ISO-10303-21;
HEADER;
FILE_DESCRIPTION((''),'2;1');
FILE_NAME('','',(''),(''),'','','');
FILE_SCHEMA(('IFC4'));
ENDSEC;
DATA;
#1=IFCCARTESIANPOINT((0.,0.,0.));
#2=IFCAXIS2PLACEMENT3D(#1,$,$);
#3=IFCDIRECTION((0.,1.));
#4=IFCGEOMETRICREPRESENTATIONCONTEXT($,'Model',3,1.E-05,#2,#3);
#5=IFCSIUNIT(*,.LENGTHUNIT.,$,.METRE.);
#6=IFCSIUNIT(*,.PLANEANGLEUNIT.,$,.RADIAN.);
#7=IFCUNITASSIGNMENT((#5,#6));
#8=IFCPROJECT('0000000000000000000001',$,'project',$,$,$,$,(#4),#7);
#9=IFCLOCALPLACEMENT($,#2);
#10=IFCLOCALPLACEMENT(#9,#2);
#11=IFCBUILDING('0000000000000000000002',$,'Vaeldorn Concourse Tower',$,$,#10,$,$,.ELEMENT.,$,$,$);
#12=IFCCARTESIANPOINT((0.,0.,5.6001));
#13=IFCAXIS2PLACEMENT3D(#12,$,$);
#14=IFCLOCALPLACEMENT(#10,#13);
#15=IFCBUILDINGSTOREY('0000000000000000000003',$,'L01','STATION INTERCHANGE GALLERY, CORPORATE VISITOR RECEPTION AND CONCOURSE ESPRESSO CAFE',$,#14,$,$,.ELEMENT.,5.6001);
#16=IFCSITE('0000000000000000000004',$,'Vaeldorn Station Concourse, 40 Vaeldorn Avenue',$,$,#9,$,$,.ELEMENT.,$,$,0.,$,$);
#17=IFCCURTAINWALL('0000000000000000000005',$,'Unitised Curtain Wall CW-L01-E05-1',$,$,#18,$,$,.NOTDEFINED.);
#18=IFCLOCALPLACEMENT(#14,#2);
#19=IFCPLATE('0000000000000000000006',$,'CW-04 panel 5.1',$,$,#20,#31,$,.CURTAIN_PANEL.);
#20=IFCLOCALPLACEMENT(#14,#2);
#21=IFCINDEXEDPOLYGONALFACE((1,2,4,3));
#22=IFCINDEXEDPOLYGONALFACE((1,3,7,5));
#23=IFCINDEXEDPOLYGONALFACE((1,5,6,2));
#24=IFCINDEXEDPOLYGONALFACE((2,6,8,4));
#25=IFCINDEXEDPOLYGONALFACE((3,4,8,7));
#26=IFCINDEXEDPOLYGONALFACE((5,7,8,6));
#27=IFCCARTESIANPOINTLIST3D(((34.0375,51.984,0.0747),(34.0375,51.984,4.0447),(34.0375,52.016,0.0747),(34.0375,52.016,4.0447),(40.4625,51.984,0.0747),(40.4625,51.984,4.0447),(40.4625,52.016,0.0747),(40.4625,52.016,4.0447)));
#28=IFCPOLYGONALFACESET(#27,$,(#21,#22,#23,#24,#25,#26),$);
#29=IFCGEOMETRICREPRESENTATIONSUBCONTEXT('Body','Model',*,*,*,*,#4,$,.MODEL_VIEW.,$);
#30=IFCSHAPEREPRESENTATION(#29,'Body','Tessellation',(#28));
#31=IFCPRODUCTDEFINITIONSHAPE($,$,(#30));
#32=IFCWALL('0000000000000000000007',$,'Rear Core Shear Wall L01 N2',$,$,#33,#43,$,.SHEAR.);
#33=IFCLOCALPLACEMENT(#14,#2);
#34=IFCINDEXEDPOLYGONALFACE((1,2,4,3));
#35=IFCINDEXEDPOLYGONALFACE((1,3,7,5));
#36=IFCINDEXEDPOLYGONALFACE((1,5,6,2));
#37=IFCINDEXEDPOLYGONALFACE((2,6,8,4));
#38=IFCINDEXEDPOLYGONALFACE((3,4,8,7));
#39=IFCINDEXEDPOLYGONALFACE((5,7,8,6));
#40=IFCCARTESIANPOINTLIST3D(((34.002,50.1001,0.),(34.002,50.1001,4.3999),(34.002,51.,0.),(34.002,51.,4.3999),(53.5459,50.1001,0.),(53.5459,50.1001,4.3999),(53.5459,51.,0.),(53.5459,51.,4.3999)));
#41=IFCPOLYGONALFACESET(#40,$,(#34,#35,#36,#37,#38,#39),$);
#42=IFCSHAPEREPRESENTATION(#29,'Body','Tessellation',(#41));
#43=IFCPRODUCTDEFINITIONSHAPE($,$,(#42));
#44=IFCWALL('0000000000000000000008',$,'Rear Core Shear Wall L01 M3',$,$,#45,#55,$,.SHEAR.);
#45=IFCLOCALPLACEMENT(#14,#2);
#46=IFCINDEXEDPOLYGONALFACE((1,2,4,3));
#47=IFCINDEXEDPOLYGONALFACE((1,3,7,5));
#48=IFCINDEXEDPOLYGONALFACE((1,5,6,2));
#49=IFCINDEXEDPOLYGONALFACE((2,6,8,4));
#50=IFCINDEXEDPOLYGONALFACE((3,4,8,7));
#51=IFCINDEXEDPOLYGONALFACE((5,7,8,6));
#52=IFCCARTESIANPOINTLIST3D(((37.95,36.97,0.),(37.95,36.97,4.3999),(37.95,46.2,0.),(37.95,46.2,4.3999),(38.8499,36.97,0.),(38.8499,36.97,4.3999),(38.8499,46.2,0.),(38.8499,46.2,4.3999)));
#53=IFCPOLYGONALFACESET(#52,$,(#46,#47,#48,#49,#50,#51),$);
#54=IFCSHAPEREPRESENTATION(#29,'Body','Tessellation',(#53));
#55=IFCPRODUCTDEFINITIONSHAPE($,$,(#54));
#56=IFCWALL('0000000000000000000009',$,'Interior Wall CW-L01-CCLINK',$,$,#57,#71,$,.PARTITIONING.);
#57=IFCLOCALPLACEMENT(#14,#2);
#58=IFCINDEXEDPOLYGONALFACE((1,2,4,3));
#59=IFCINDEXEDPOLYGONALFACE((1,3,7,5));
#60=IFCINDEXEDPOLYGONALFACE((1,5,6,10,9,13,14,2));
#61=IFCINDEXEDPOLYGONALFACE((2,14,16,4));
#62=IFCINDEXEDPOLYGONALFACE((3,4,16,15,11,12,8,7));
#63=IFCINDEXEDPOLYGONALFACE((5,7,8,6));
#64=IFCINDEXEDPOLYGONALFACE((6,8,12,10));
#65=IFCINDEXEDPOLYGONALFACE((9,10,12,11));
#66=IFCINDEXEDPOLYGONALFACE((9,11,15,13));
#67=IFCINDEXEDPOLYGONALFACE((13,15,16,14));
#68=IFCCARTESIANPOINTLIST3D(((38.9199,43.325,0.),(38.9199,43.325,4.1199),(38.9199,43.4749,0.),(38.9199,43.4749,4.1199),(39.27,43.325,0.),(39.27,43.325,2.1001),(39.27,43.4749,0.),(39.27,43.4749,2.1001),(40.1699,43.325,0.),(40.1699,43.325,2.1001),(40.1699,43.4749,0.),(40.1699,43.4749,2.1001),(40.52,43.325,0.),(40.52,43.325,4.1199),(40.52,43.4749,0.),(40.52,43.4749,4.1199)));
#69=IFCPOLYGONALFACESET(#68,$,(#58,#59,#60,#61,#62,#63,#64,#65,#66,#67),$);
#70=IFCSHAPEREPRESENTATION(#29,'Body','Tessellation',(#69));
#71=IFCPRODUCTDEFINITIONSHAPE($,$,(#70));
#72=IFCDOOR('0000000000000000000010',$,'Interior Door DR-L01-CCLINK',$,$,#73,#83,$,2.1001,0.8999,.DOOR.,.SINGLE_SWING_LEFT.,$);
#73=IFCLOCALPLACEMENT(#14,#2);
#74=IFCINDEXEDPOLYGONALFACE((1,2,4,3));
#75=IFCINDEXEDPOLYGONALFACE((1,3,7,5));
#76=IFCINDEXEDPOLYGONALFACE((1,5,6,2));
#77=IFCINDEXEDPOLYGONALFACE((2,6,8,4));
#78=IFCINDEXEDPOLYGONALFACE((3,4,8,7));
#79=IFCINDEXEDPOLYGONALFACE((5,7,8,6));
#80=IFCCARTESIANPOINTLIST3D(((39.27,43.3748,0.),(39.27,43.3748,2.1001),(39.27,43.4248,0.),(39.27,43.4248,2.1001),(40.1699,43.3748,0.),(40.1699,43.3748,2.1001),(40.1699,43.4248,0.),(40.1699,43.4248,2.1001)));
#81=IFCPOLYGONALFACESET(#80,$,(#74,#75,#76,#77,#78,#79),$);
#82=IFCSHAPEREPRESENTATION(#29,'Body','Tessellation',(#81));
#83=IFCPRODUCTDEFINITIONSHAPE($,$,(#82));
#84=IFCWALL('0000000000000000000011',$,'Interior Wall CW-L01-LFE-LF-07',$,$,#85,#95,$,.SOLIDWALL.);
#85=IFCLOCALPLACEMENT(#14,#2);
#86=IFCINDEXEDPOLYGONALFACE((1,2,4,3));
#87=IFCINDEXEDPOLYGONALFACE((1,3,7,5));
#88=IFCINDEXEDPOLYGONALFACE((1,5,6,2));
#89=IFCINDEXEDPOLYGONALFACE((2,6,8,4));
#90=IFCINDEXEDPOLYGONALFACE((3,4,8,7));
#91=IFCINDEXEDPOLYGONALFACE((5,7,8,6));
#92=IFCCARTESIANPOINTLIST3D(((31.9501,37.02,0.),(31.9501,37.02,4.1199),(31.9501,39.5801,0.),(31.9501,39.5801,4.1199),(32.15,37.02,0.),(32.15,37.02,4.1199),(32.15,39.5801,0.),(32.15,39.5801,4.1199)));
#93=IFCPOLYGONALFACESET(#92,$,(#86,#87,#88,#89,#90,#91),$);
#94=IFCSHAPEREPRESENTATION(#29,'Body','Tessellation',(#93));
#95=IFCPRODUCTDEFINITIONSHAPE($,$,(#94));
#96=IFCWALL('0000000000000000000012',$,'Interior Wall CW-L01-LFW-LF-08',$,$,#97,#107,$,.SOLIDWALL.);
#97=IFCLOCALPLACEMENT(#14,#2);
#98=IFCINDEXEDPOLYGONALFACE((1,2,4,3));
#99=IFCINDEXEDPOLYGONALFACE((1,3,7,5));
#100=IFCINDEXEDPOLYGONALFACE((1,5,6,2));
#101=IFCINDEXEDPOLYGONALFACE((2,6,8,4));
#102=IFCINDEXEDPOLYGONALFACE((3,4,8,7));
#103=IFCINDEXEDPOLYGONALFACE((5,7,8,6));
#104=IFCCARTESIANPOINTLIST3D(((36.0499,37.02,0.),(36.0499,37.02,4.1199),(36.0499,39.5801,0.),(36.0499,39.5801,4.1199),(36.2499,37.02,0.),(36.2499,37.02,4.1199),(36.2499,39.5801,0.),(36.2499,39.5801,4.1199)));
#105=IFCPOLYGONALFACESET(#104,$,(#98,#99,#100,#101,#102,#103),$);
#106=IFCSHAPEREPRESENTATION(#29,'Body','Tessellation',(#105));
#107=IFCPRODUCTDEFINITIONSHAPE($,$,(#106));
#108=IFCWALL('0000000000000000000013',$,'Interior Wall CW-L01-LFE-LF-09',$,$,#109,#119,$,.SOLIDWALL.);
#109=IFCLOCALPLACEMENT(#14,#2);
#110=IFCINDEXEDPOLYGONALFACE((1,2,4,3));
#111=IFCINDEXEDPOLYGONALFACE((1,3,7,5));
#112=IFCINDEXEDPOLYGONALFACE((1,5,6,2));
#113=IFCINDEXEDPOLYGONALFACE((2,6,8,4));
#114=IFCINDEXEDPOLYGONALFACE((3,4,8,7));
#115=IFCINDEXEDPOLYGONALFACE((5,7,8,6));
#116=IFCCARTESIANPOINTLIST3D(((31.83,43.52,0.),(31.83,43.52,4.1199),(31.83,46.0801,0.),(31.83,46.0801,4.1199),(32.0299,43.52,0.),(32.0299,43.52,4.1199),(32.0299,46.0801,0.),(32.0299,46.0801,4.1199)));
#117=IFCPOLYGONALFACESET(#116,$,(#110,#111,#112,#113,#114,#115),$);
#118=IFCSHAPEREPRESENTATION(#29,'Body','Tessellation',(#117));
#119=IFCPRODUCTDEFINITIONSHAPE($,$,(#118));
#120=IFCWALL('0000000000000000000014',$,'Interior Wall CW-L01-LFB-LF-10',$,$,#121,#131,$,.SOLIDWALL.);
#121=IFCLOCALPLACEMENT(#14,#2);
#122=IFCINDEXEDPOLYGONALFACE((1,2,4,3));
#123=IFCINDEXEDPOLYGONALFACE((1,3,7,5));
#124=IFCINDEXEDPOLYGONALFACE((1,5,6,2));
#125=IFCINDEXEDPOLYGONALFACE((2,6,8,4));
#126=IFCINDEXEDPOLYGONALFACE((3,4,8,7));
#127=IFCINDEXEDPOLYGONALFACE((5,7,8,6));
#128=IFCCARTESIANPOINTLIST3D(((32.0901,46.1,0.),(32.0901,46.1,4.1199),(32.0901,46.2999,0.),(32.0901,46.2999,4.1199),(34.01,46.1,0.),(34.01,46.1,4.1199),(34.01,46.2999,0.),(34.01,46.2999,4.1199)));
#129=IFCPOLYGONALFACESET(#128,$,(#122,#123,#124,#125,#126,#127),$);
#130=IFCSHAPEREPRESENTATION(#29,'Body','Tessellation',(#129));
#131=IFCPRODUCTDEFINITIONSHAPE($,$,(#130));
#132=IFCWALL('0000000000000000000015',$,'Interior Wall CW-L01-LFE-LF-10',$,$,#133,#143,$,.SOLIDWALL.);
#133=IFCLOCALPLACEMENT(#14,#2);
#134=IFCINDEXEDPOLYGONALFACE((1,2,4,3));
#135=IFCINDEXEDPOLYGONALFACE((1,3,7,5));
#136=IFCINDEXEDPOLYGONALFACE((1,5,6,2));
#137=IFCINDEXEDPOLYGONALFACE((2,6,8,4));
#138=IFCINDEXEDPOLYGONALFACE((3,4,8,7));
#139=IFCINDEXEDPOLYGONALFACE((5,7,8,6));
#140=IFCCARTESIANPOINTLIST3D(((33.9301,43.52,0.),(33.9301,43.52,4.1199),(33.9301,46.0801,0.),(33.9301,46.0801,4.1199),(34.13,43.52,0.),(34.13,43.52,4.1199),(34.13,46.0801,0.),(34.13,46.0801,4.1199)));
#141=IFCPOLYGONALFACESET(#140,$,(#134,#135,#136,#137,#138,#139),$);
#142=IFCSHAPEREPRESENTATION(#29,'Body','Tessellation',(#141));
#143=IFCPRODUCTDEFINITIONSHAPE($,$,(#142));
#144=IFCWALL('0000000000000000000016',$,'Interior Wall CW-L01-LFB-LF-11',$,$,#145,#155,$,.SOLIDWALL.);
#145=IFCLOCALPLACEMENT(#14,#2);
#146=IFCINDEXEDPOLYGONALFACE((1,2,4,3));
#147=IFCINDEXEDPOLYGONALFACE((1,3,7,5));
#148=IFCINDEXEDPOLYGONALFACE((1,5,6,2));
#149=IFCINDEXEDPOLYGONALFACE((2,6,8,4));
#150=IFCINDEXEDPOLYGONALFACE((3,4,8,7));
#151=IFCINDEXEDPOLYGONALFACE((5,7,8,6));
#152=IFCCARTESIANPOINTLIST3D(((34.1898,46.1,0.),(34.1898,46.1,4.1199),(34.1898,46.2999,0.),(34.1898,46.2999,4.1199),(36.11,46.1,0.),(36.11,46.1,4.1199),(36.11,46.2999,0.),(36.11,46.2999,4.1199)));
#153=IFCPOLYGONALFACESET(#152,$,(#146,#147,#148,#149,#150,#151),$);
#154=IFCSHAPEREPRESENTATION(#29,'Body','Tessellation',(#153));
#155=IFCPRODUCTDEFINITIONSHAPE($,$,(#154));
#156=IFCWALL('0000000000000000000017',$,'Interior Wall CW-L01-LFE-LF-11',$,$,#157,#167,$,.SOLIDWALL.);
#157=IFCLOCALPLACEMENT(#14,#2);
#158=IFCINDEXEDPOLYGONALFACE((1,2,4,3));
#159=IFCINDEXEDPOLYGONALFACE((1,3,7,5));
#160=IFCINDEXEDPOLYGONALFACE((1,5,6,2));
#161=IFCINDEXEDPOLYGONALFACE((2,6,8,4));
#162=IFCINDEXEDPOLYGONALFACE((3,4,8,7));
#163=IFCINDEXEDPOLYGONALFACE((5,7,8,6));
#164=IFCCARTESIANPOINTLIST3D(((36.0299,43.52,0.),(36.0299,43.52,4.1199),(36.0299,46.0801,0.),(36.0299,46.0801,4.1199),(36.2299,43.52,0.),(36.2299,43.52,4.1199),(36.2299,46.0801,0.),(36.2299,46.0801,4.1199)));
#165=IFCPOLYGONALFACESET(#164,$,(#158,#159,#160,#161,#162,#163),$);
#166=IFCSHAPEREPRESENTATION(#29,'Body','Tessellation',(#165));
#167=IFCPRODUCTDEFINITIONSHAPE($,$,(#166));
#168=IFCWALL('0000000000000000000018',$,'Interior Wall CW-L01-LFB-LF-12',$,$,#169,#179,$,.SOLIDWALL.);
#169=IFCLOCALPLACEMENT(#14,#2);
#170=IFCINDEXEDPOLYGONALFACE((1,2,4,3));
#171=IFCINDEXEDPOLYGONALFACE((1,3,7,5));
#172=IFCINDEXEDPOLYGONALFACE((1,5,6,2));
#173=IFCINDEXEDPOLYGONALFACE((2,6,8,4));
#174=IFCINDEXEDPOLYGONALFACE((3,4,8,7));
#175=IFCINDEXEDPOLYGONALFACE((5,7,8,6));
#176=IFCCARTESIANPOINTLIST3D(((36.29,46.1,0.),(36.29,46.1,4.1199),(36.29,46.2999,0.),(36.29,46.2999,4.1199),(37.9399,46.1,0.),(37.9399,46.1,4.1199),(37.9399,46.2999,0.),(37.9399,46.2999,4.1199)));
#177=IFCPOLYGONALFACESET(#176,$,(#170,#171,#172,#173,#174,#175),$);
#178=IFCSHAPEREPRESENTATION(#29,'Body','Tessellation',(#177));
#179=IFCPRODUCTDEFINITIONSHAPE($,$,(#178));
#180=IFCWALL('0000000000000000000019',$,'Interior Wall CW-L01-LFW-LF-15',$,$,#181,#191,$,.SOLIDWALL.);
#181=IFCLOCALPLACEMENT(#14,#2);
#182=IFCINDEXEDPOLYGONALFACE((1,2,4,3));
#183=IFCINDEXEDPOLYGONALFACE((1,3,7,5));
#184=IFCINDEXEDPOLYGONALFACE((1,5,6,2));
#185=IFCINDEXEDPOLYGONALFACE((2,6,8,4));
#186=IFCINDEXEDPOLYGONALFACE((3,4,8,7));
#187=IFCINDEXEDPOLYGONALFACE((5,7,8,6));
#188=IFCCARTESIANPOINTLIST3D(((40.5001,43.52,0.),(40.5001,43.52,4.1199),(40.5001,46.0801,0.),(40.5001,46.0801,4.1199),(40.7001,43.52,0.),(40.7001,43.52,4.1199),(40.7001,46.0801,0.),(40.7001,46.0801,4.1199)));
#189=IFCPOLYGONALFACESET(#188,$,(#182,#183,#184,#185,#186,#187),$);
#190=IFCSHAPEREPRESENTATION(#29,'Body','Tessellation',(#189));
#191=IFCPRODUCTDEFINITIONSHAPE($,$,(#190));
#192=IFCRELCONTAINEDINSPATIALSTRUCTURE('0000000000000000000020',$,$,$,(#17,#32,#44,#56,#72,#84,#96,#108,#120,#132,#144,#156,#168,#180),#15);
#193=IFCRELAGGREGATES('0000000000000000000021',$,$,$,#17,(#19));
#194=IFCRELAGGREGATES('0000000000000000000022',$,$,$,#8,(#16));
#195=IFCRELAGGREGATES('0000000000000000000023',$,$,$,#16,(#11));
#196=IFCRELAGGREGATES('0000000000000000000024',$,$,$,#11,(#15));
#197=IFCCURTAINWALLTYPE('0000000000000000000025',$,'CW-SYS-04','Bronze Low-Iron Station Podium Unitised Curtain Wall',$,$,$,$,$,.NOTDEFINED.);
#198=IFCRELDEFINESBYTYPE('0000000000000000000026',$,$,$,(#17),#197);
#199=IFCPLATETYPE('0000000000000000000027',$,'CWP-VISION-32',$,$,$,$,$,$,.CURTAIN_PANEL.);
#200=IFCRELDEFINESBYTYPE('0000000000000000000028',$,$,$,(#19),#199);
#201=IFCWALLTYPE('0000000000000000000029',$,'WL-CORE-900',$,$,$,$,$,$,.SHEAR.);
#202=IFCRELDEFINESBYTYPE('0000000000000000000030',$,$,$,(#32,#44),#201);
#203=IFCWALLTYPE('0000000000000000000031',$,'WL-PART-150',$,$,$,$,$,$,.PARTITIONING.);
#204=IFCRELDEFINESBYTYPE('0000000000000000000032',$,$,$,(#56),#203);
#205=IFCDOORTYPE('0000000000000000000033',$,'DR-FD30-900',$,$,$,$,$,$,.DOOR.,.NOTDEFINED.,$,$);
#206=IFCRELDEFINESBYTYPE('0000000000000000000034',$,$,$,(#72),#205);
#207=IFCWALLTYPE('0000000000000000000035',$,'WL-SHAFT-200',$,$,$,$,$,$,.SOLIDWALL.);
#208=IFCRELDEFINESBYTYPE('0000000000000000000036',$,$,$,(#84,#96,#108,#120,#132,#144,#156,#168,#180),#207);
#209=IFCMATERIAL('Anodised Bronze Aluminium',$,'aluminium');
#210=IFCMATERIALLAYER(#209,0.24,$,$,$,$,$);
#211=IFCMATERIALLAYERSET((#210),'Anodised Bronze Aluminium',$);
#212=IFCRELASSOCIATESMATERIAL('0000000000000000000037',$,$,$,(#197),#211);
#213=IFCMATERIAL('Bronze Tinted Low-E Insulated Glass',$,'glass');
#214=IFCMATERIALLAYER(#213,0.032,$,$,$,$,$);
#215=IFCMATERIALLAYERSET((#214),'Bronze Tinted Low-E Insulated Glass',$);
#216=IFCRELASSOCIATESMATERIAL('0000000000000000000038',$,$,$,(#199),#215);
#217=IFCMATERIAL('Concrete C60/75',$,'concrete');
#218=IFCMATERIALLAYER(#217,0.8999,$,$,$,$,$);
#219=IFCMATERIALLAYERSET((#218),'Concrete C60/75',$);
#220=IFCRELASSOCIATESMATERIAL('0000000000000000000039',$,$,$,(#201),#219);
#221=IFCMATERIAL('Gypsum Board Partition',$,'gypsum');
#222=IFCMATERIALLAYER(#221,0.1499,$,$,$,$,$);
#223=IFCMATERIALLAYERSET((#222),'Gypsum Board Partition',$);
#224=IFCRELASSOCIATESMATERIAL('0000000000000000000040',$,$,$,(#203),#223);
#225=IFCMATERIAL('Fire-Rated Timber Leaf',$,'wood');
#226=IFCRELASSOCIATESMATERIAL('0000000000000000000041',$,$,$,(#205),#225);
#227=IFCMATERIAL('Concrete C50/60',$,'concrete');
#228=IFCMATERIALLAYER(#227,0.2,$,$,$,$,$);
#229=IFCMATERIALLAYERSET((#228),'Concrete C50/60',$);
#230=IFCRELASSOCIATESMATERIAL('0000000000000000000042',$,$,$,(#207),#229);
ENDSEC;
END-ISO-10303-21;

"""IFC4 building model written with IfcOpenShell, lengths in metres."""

from ifc_helpers import new_model, si_unit, direction, frame, frame_2d, origin, origin_2d, place, context, subcontext, project, spatial, rectangle, extrude, source, transform, mapped, material, layer, layer_set, type_object, element, fill, aggregate, save


model = new_model("IFC4")

# Units and contexts
model_context = context("Model", 3, precision=1e-05, world=origin(), true_north=direction((0.0, 1.0)))
body_context = subcontext(model_context, "Body", "Model", "MODEL_VIEW")
ifc_project = project(units=[si_unit("LENGTHUNIT", "METRE"), si_unit("PLANEANGLEUNIT", "RADIAN")], contexts=[model_context])

# Site, building, storey
site_placement = place(None, origin())
site = spatial("IfcSite", under=ifc_project, at=site_placement, Name="Vaeldorn Station Concourse, 40 Vaeldorn Avenue", CompositionType="ELEMENT", RefElevation=0.0)
building_placement = place(site_placement, origin())
building = spatial("IfcBuilding", under=site, at=building_placement, Name="Vaeldorn Concourse Tower", CompositionType="ELEMENT")
storey_placement = place(building_placement, frame((0.0, 0.0, 5.6001)))
storey = spatial("IfcBuildingStorey", under=building, at=storey_placement, Name="L01", Description="STATION INTERCHANGE GALLERY, CORPORATE VISITOR RECEPTION AND CONCOURSE ESPRESSO CAFE", CompositionType="ELEMENT", Elevation=5.6001)

# Curtain wall, plate
ifc_material_1 = material(Name="Anodised Bronze Aluminium", Category="aluminium")
ifc_layer_1 = layer(ifc_material_1, 0.24)
ifc_layer_set_1 = layer_set([ifc_layer_1], Name="Anodised Bronze Aluminium")
curtain_wall_type = type_object("IfcCurtainWallType", Name="CW-SYS-04", Description="Bronze Low-Iron Station Podium Unitised Curtain Wall", PredefinedType="NOTDEFINED", material=ifc_layer_set_1)
curtain_wall_placement = place(storey_placement, origin())
curtain_wall = element("IfcCurtainWall", 1, at=curtain_wall_placement, inside=storey, type_object=curtain_wall_type, Name="Unitised Curtain Wall CW-L01-E05-1", PredefinedType="NOTDEFINED")
ifc_material_2 = material(Name="Bronze Tinted Low-E Insulated Glass", Category="glass")
ifc_layer_2 = layer(ifc_material_2, 0.032)
ifc_layer_set_2 = layer_set([ifc_layer_2], Name="Bronze Tinted Low-E Insulated Glass")
plate_type = type_object("IfcPlateType", Name="CWP-VISION-32", PredefinedType="CURTAIN_PANEL", material=ifc_layer_set_2)
shared_shape_1 = source(origin(), body_context, "Body", "SweptSolid", [
    extrude(rectangle(XDim=6.425, YDim=0.032, at=origin_2d()), origin(), (0.0, 0.0, 1.0), 3.97),
])
plate_placement = place(storey_placement, frame((37.25, 52.0, 0.0747), z_axis=(0.0, 0.0, 1.0), x_axis=(-1.0, 0.0, 0.0)))
plate = element("IfcPlate", 2, at=plate_placement, type_object=plate_type, Name="CW-04 panel 5.1", PredefinedType="CURTAIN_PANEL", context=body_context, shape_type="MappedRepresentation", body=[
    mapped(shared_shape_1, transform((0.0, 0.0, 0.0), scale=1.0)),
])
aggregate(curtain_wall, [plate])

# Walls
ifc_material_3 = material(Name="Concrete C60/75", Category="concrete")
ifc_layer_3 = layer(ifc_material_3, 0.8999)
ifc_layer_set_3 = layer_set([ifc_layer_3], Name="Concrete C60/75")
wall_type_1 = type_object("IfcWallType", Name="WL-CORE-900", PredefinedType="SHEAR", material=ifc_layer_set_3)
wall_1_placement = place(storey_placement, frame((34.002, 50.55, 0.0), z_axis=(0.0, 0.0, 1.0), x_axis=(1.0, 0.0, 0.0)))
element("IfcWall", 3, at=wall_1_placement, inside=storey, type_object=wall_type_1, Name="Rear Core Shear Wall L01 N2", PredefinedType="SHEAR", context=body_context, shape_type="SweptSolid", body=[
    extrude(rectangle(XDim=19.5439, YDim=0.8999, at=frame_2d((9.772, 0.0))), origin(), (0.0, 0.0, 1.0), 4.3999),
])
wall_2_placement = place(storey_placement, frame((38.3999, 36.97, 0.0), z_axis=(0.0, 0.0, 1.0), x_axis=(0.0, 1.0, 0.0)))
element("IfcWall", 4, at=wall_2_placement, inside=storey, type_object=wall_type_1, Name="Rear Core Shear Wall L01 M3", PredefinedType="SHEAR", context=body_context, shape_type="SweptSolid", body=[
    extrude(rectangle(XDim=9.23, YDim=0.8999, at=frame_2d((4.615, 0.0))), origin(), (0.0, 0.0, 1.0), 4.3999),
])

# Wall, opening, door
ifc_material_4 = material(Name="Gypsum Board Partition", Category="gypsum")
ifc_layer_4 = layer(ifc_material_4, 0.1499)
ifc_layer_set_4 = layer_set([ifc_layer_4], Name="Gypsum Board Partition")
wall_type_2 = type_object("IfcWallType", Name="WL-PART-150", PredefinedType="PARTITIONING", material=ifc_layer_set_4)
wall_3_placement = place(storey_placement, frame((38.9199, 43.3999, 0.0), z_axis=(0.0, 0.0, 1.0), x_axis=(1.0, 0.0, 0.0)))
wall_3 = element("IfcWall", 5, at=wall_3_placement, inside=storey, type_object=wall_type_2, Name="Interior Wall CW-L01-CCLINK", PredefinedType="PARTITIONING", context=body_context, shape_type="SweptSolid", body=[
    extrude(rectangle(XDim=1.6001, YDim=0.1499, at=frame_2d((0.8, 0.0))), origin(), (0.0, 0.0, 1.0), 4.1199),
])
opening_1_placement = place(wall_3_placement, frame((0.3501, 0.0, 0.0)))
opening_1 = element("IfcOpeningElement", 6, at=opening_1_placement, cuts=wall_3, PredefinedType="OPENING", context=body_context, shape_type="SweptSolid", body=[
    extrude(rectangle(XDim=0.8999, YDim=2.1001, at=frame_2d((0.45, 1.05))), frame((0.0, 0.085, 0.0), z_axis=(0.0, -1.0, 0.0), x_axis=(1.0, 0.0, 0.0)), (0.0, 0.0, 1.0), 0.1699),
])
ifc_material_5 = material(Name="Fire-Rated Timber Leaf", Category="wood")
door_type_1 = type_object("IfcDoorType", Name="DR-FD30-900", OperationType="NOTDEFINED", PredefinedType="DOOR", material=ifc_material_5)
shared_shape_2 = source(origin(), body_context, "Body", "SweptSolid", [
    extrude(rectangle(XDim=0.8999, YDim=2.1001, at=frame_2d((0.45, 1.05))), frame((0.0, 0.0249, 0.0), z_axis=(0.0, -1.0, 0.0), x_axis=(1.0, 0.0, 0.0)), (0.0, 0.0, 1.0), 0.05),
])
door_1_placement = place(opening_1_placement, origin())
door_1 = element("IfcDoor", 7, at=door_1_placement, inside=storey, type_object=door_type_1, Name="Interior Door DR-L01-CCLINK", OperationType="SINGLE_SWING_LEFT", OverallHeight=2.1001, OverallWidth=0.8999, PredefinedType="DOOR", context=body_context, shape_type="MappedRepresentation", body=[
    mapped(shared_shape_2, transform((0.0, 0.0, 0.0), scale=1.0)),
])
fill(opening_1, door_1)

# Wall
ifc_material_6 = material(Name="Concrete C50/60", Category="concrete")
ifc_layer_5 = layer(ifc_material_6, 0.2)
ifc_layer_set_5 = layer_set([ifc_layer_5], Name="Concrete C50/60")
wall_type_3 = type_object("IfcWallType", Name="WL-SHAFT-200", PredefinedType="SOLIDWALL", material=ifc_layer_set_5)
wall_4_placement = place(storey_placement, frame((32.05, 37.02, 0.0), z_axis=(0.0, 0.0, 1.0), x_axis=(0.0, 1.0, 0.0)))
element("IfcWall", 8, at=wall_4_placement, inside=storey, type_object=wall_type_3, Name="Interior Wall CW-L01-LFE-LF-07", PredefinedType="SOLIDWALL", context=body_context, shape_type="SweptSolid", body=[
    extrude(rectangle(XDim=2.5601, YDim=0.2, at=frame_2d((1.28, 0.0))), origin(), (0.0, 0.0, 1.0), 4.1199),
])

# Walls
for number, where, z_axis, x_axis, name in (
    (9, (36.1499, 37.02, 0.0), (0.0, 0.0, 1.0), (0.0, 1.0, 0.0), "Interior Wall CW-L01-LFW-LF-08"),
    (10, (31.9299, 43.52, 0.0), (0.0, 0.0, 1.0), (0.0, 1.0, 0.0), "Interior Wall CW-L01-LFE-LF-09"),
):
    element("IfcWall", number, at=place(storey_placement, frame(where, z_axis=z_axis, x_axis=x_axis)), inside=storey, type_object=wall_type_3, Name=name, PredefinedType="SOLIDWALL", context=body_context, shape_type="SweptSolid", body=[
        extrude(rectangle(XDim=2.5601, YDim=0.2, at=frame_2d((1.28, 0.0))), origin(), (0.0, 0.0, 1.0), 4.1199),
    ])

# Walls
wall_5_placement = place(storey_placement, frame((32.0901, 46.2, 0.0), z_axis=(0.0, 0.0, 1.0), x_axis=(1.0, 0.0, 0.0)))
element("IfcWall", 11, at=wall_5_placement, inside=storey, type_object=wall_type_3, Name="Interior Wall CW-L01-LFB-LF-10", PredefinedType="SOLIDWALL", context=body_context, shape_type="SweptSolid", body=[
    extrude(rectangle(XDim=1.9199, YDim=0.2, at=frame_2d((0.96, 0.0))), origin(), (0.0, 0.0, 1.0), 4.1199),
])
wall_6_placement = place(storey_placement, frame((34.03, 43.52, 0.0), z_axis=(0.0, 0.0, 1.0), x_axis=(0.0, 1.0, 0.0)))
element("IfcWall", 12, at=wall_6_placement, inside=storey, type_object=wall_type_3, Name="Interior Wall CW-L01-LFE-LF-10", PredefinedType="SOLIDWALL", context=body_context, shape_type="SweptSolid", body=[
    extrude(rectangle(XDim=2.5601, YDim=0.2, at=frame_2d((1.28, 0.0))), origin(), (0.0, 0.0, 1.0), 4.1199),
])

# Walls
wall_7_placement = place(storey_placement, frame((34.1899, 46.2, 0.0), z_axis=(0.0, 0.0, 1.0), x_axis=(1.0, 0.0, 0.0)))
element("IfcWall", 13, at=wall_7_placement, inside=storey, type_object=wall_type_3, Name="Interior Wall CW-L01-LFB-LF-11", PredefinedType="SOLIDWALL", context=body_context, shape_type="SweptSolid", body=[
    extrude(rectangle(XDim=1.9202, YDim=0.2, at=frame_2d((0.96, 0.0))), origin(), (0.0, 0.0, 1.0), 4.1199),
])
wall_8_placement = place(storey_placement, frame((36.1299, 43.52, 0.0), z_axis=(0.0, 0.0, 1.0), x_axis=(0.0, 1.0, 0.0)))
element("IfcWall", 14, at=wall_8_placement, inside=storey, type_object=wall_type_3, Name="Interior Wall CW-L01-LFE-LF-11", PredefinedType="SOLIDWALL", context=body_context, shape_type="SweptSolid", body=[
    extrude(rectangle(XDim=2.5601, YDim=0.2, at=frame_2d((1.28, 0.0))), origin(), (0.0, 0.0, 1.0), 4.1199),
])

# Wall
wall_9_placement = place(storey_placement, frame((36.29, 46.2, 0.0), z_axis=(0.0, 0.0, 1.0), x_axis=(1.0, 0.0, 0.0)))
element("IfcWall", 15, at=wall_9_placement, inside=storey, type_object=wall_type_3, Name="Interior Wall CW-L01-LFB-LF-12", PredefinedType="SOLIDWALL", context=body_context, shape_type="SweptSolid", body=[
    extrude(rectangle(XDim=1.6499, YDim=0.2, at=frame_2d((0.825, 0.0))), origin(), (0.0, 0.0, 1.0), 4.1199),
])

# Wall
wall_10_placement = place(storey_placement, frame((40.6001, 43.52, 0.0), z_axis=(0.0, 0.0, 1.0), x_axis=(0.0, 1.0, 0.0)))
element("IfcWall", 16, at=wall_10_placement, inside=storey, type_object=wall_type_3, Name="Interior Wall CW-L01-LFW-LF-15", PredefinedType="SOLIDWALL", context=body_context, shape_type="SweptSolid", body=[
    extrude(rectangle(XDim=2.5601, YDim=0.2, at=frame_2d((1.28, 0.0))), origin(), (0.0, 0.0, 1.0), 4.1199),
])

save(model, "model.ifc")
